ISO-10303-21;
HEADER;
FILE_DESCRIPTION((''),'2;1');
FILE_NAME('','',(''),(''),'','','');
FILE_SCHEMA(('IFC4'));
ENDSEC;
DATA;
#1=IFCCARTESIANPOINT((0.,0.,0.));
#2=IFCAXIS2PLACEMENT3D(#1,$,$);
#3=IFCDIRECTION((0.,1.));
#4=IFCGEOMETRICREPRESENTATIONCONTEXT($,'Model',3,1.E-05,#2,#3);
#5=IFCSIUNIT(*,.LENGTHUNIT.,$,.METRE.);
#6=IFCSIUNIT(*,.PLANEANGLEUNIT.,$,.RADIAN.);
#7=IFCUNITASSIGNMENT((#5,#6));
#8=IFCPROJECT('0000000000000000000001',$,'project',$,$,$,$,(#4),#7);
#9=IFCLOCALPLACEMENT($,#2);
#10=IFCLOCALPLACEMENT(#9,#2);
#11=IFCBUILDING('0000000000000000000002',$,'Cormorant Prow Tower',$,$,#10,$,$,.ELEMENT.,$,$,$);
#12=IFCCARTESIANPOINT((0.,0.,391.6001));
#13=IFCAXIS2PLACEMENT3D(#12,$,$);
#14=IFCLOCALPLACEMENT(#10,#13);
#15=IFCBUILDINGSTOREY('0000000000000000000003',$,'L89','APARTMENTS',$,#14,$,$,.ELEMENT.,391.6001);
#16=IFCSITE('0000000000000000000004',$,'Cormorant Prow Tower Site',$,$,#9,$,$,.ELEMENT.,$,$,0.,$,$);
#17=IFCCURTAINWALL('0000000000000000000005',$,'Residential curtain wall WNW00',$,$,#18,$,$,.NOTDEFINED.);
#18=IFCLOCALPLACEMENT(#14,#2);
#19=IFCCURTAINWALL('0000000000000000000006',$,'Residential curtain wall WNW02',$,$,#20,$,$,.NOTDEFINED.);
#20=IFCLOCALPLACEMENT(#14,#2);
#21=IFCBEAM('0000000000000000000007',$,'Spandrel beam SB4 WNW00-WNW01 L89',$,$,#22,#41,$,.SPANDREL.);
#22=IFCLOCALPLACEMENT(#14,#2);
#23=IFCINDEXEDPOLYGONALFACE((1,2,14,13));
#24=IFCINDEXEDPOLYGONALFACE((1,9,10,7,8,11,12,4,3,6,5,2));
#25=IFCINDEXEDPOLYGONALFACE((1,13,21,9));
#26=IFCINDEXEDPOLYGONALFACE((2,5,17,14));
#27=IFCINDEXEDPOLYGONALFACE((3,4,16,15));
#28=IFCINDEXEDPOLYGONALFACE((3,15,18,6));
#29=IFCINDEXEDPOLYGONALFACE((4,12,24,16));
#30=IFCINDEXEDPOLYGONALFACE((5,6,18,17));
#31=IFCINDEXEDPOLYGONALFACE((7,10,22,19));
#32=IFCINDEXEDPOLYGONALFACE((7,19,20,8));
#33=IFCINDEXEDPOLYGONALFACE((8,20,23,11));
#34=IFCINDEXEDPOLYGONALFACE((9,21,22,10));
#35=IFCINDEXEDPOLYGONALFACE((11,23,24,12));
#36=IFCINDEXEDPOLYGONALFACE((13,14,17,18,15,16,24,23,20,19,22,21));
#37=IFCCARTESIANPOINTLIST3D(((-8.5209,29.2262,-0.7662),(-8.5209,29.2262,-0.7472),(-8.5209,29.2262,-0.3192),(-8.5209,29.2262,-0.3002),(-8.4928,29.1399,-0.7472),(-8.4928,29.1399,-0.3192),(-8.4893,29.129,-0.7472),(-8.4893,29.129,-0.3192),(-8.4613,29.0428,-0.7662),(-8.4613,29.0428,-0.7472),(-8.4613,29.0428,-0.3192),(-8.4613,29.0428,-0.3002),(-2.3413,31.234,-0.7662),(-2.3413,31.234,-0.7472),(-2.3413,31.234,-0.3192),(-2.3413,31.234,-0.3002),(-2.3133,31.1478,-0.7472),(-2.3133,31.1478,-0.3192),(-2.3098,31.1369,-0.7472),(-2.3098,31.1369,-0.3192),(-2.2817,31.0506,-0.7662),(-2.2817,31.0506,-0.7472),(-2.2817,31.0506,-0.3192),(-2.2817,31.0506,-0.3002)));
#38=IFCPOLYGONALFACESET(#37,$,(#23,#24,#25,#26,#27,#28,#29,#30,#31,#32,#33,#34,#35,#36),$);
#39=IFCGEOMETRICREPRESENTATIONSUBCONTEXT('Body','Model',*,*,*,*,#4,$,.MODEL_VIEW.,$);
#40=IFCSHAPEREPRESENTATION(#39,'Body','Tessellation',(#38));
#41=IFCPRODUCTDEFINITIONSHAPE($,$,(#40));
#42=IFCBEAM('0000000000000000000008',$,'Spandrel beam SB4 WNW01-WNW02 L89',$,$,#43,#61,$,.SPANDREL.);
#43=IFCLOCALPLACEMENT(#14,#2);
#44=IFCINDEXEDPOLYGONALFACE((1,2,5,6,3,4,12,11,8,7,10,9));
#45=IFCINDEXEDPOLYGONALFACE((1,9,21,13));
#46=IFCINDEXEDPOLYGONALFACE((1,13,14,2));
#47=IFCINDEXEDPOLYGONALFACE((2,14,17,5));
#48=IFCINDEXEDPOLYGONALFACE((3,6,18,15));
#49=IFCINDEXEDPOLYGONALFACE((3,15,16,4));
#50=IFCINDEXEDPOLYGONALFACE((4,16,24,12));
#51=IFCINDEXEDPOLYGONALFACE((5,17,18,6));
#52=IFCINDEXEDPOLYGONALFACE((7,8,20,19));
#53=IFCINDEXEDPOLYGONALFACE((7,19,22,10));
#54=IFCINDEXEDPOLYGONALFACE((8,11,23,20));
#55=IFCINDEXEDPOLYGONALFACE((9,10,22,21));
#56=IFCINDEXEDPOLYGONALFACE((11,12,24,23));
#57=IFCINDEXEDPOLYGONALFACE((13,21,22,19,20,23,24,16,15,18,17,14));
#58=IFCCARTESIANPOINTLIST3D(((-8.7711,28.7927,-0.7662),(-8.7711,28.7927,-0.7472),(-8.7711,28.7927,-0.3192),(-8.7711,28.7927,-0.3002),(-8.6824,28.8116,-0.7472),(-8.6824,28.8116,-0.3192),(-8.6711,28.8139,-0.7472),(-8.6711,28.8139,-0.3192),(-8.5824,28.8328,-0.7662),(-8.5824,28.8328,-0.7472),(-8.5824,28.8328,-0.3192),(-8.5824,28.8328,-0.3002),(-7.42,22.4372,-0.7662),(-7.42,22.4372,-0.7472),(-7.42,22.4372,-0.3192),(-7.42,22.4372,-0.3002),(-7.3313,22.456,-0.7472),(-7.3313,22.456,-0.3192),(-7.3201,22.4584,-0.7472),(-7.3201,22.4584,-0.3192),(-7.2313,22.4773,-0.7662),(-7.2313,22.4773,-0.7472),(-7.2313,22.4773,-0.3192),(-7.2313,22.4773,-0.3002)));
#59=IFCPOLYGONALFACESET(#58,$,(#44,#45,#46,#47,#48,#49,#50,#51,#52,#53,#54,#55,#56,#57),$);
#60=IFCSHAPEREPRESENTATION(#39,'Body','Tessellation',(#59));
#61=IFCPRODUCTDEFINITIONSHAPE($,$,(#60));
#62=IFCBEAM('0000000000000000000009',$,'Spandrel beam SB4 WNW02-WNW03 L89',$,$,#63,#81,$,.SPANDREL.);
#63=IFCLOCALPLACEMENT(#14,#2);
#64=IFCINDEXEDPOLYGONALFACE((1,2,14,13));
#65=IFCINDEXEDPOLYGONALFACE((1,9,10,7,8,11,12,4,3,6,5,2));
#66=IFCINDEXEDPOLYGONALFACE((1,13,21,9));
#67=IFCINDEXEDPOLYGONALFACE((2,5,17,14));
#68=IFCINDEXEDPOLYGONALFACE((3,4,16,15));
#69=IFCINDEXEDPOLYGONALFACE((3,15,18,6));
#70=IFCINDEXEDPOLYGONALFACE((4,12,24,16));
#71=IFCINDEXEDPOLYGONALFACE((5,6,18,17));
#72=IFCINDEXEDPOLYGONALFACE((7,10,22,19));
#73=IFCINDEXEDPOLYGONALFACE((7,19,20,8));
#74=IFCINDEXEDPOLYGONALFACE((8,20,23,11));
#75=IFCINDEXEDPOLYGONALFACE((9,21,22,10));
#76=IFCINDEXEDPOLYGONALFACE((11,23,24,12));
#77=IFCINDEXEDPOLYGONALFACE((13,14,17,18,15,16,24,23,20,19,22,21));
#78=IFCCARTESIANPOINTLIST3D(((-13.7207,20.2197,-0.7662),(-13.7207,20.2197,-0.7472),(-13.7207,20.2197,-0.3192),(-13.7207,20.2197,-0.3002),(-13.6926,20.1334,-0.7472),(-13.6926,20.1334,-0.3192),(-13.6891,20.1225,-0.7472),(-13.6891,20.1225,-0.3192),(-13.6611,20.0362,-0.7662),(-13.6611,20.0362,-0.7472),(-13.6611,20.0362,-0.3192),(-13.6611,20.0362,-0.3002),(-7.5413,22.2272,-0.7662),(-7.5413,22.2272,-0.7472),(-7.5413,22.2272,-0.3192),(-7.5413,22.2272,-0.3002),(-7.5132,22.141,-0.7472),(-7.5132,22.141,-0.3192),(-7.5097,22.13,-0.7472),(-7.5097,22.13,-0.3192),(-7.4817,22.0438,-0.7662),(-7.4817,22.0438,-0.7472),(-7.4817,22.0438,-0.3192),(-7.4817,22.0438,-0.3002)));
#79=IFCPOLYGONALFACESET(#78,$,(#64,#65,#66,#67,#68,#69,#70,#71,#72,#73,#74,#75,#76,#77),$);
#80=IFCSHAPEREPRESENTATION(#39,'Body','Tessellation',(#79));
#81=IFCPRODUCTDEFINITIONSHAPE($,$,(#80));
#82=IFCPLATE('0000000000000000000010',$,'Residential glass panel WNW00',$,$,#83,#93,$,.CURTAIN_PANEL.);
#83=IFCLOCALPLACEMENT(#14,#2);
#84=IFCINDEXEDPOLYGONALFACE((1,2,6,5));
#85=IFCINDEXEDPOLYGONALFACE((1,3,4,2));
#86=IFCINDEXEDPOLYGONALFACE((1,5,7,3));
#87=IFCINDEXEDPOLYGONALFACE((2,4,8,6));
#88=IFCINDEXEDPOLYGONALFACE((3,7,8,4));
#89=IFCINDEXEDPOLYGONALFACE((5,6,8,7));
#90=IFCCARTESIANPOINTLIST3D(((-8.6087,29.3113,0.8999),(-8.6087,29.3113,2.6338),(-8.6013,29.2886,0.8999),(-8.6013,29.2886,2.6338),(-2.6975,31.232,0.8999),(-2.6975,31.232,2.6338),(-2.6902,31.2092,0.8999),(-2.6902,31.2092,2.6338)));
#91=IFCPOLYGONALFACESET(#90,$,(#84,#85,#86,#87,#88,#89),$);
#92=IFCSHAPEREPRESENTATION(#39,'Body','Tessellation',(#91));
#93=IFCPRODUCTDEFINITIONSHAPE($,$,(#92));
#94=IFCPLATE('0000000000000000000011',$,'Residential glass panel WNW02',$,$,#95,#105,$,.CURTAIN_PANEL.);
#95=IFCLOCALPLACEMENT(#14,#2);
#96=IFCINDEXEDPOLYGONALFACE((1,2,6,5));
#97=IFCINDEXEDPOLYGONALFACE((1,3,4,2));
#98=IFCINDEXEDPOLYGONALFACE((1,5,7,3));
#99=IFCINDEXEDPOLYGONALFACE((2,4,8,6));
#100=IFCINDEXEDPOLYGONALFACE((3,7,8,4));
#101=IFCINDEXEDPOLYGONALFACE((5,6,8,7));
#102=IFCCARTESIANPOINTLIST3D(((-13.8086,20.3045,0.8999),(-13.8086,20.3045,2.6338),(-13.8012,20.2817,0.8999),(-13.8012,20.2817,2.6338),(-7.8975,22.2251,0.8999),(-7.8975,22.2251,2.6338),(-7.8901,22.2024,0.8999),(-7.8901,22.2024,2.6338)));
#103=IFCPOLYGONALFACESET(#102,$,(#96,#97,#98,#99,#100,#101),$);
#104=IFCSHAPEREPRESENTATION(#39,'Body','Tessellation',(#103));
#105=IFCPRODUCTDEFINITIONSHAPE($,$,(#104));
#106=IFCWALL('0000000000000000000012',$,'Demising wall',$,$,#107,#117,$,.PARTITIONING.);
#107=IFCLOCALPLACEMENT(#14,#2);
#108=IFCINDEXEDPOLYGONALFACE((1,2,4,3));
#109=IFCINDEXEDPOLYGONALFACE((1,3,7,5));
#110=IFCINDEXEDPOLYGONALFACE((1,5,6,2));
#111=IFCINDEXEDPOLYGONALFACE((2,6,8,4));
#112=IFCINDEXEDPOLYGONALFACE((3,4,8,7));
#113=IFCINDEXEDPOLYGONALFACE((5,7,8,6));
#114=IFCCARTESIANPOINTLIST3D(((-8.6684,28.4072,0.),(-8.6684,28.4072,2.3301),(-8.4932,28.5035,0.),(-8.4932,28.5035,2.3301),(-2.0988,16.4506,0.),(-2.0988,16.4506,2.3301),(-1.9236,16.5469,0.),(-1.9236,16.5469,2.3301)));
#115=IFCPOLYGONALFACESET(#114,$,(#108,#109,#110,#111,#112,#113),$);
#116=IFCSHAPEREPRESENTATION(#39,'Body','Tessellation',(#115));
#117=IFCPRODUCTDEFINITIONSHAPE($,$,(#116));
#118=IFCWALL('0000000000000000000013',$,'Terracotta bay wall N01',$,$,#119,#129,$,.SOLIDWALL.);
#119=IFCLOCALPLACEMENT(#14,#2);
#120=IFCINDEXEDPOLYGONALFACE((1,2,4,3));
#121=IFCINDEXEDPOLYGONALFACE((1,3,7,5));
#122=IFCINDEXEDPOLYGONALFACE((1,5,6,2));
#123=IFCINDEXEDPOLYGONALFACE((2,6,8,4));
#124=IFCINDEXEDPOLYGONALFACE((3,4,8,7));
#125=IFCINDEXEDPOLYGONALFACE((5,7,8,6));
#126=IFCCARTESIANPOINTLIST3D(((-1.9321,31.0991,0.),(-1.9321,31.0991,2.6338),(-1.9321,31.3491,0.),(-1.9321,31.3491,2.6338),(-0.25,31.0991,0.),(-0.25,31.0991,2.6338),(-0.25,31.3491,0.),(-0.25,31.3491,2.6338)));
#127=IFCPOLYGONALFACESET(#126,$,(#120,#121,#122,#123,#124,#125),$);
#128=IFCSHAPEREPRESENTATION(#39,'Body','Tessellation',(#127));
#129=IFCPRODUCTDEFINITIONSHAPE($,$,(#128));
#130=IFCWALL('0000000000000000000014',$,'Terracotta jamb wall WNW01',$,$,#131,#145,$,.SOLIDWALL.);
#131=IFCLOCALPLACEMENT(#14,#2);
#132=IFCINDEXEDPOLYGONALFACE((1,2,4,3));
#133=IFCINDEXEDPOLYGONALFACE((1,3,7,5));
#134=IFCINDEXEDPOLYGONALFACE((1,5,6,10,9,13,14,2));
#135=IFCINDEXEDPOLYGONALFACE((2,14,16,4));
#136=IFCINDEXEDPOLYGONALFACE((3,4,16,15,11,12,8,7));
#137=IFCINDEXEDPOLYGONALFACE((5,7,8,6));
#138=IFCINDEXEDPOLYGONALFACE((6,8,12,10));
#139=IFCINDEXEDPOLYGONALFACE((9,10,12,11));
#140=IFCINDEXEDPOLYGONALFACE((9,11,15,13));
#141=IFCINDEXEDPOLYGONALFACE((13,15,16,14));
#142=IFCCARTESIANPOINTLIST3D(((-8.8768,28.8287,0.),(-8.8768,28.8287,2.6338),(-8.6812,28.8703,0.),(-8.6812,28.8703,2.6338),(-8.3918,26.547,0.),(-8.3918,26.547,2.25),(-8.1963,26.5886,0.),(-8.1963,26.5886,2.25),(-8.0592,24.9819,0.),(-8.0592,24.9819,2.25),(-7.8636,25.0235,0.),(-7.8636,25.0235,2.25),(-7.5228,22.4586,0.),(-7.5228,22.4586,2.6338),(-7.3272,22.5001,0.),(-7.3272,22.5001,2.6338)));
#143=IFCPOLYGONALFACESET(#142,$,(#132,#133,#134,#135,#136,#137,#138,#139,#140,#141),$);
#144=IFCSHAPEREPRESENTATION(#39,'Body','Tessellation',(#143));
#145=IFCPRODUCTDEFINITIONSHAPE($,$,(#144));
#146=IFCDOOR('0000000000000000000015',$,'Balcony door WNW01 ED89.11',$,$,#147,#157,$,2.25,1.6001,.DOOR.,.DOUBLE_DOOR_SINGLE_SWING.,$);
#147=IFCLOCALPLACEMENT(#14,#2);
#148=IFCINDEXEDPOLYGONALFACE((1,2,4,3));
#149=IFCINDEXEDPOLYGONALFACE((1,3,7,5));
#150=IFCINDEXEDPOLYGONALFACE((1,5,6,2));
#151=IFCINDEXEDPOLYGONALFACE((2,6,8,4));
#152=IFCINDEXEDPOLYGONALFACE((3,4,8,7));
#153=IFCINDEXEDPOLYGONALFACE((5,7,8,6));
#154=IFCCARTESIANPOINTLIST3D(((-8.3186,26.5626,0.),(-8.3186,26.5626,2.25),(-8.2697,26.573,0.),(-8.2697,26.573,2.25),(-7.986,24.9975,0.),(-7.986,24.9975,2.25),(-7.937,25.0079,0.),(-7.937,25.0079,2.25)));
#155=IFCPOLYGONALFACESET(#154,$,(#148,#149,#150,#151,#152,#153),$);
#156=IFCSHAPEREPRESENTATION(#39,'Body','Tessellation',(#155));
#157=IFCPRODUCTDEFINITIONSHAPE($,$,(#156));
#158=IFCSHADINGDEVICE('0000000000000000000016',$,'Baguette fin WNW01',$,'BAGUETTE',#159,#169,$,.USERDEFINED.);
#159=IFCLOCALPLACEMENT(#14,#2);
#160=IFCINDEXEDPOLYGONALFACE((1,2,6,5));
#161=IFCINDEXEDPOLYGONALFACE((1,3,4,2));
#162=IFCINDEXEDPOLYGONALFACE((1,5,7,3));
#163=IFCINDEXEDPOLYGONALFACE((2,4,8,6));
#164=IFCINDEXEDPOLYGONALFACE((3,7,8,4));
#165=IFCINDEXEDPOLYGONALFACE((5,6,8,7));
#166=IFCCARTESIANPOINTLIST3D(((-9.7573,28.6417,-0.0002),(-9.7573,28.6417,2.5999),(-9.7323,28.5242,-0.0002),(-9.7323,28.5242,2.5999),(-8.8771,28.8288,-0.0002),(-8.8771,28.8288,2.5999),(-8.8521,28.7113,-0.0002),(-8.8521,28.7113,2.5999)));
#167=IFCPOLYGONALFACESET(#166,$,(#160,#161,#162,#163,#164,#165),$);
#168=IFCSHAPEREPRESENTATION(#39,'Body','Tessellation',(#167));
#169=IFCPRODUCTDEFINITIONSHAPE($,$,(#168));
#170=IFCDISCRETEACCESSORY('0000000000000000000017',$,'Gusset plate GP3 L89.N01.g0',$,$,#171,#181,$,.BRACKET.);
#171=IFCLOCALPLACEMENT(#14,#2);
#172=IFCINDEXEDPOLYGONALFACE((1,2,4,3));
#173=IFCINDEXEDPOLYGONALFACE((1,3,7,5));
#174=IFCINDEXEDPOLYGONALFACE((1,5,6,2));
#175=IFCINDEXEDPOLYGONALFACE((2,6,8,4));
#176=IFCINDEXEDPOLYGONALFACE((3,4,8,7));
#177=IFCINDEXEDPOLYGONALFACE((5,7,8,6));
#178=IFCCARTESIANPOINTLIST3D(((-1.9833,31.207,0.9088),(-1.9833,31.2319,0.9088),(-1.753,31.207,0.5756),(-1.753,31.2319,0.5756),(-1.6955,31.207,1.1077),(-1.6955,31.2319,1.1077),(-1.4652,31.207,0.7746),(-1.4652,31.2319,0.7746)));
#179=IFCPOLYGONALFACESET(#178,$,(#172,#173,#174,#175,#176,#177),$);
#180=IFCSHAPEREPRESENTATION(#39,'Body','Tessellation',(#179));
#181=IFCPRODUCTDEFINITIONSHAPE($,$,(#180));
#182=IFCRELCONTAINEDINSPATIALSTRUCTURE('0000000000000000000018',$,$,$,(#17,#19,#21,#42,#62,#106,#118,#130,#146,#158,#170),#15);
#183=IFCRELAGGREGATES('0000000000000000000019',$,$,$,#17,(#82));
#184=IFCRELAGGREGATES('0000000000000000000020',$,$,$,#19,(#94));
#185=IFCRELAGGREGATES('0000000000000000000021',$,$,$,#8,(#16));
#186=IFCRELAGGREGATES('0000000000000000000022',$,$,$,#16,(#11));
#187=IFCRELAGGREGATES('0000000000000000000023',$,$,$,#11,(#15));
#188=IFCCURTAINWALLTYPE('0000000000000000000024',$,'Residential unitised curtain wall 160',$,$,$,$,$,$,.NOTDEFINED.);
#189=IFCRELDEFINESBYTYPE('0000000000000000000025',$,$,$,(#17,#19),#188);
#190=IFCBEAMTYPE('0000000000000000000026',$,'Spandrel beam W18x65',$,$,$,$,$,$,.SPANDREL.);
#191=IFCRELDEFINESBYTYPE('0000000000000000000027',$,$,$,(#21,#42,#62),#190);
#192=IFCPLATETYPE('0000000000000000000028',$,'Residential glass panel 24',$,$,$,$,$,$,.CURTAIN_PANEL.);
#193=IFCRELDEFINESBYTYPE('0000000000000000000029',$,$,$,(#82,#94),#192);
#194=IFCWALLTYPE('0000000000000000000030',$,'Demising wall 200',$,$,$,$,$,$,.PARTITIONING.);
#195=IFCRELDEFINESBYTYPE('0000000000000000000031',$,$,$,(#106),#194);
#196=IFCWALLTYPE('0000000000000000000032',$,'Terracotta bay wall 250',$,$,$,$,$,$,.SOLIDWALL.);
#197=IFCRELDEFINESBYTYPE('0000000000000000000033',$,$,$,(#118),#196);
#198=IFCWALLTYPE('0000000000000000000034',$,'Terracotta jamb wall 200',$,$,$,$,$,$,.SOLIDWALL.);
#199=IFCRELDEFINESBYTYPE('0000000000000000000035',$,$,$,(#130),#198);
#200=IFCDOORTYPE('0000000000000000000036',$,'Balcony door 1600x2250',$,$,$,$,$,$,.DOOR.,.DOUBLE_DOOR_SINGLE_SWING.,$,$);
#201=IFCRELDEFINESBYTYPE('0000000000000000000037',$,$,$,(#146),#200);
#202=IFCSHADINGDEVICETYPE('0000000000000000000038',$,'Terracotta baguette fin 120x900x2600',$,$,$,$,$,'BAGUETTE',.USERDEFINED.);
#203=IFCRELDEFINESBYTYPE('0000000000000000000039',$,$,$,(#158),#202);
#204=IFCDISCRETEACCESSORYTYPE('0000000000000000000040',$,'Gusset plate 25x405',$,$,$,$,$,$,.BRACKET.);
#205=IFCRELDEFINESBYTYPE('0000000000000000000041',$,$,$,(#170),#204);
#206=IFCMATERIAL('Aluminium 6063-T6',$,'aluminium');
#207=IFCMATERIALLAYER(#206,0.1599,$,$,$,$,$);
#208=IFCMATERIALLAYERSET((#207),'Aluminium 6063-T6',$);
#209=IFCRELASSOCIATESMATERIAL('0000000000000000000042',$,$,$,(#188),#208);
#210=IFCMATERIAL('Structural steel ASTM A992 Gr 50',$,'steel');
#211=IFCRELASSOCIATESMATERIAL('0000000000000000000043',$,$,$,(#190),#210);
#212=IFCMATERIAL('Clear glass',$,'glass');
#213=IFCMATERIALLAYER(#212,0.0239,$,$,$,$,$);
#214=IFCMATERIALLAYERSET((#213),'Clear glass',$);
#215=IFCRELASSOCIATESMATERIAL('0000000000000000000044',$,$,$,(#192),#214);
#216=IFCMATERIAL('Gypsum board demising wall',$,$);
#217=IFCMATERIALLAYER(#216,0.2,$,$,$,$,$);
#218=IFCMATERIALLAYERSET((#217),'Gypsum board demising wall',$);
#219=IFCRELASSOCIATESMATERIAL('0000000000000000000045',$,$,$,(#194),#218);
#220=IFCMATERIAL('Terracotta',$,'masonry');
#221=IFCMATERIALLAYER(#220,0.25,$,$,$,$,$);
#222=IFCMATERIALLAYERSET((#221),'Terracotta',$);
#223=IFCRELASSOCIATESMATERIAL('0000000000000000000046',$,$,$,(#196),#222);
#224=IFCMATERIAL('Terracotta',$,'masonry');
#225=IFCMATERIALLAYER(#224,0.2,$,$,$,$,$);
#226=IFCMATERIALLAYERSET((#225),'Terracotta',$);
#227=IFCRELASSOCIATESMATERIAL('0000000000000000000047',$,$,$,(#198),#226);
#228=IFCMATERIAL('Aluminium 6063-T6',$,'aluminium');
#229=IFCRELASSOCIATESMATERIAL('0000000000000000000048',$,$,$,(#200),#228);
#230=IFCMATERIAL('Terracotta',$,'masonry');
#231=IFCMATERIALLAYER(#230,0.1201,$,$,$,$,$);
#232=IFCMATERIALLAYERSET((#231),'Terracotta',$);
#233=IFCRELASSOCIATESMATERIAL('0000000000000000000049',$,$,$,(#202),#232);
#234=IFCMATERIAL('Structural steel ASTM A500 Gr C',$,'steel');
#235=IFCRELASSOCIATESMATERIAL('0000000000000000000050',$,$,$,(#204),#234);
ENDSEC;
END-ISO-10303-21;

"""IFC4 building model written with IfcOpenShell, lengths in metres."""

from ifc_helpers import new_model, si_unit, direction, frame, frame_2d, origin, origin_2d, place, context, subcontext, project, spatial, rectangle, i_section, extrude, material, layer, layer_set, material_profile, profile_set, type_object, element, fill, aggregate, save


model = new_model("IFC4")

# Units and contexts
model_context = context("Model", 3, precision=1e-05, world=origin(), true_north=direction((0.0, 1.0)))
body_context = subcontext(model_context, "Body", "Model", "MODEL_VIEW")
ifc_project = project(units=[si_unit("LENGTHUNIT", "METRE"), si_unit("PLANEANGLEUNIT", "RADIAN")], contexts=[model_context])

# Site, building, storey
site_placement = place(None, origin())
site = spatial("IfcSite", under=ifc_project, at=site_placement, Name="Cormorant Prow Tower Site", CompositionType="ELEMENT", RefElevation=0.0)
building_placement = place(site_placement, origin())
building = spatial("IfcBuilding", under=site, at=building_placement, Name="Cormorant Prow Tower", CompositionType="ELEMENT")
storey_placement = place(building_placement, frame((0.0, 0.0, 391.6001)))
storey = spatial("IfcBuildingStorey", under=building, at=storey_placement, Name="L89", Description="APARTMENTS", CompositionType="ELEMENT", Elevation=391.6001)

# Curtain walls
ifc_material_1 = material(Name="Aluminium 6063-T6", Category="aluminium")
ifc_layer_1 = layer(ifc_material_1, 0.1599)
ifc_layer_set_1 = layer_set([ifc_layer_1], Name="Aluminium 6063-T6")
curtain_wall_type = type_object("IfcCurtainWallType", Name="Residential unitised curtain wall 160", PredefinedType="NOTDEFINED", material=ifc_layer_set_1)
curtain_wall_1_placement = place(storey_placement, origin())
curtain_wall_1 = element("IfcCurtainWall", 1, at=curtain_wall_1_placement, inside=storey, type_object=curtain_wall_type, Name="Residential curtain wall WNW00", PredefinedType="NOTDEFINED")
curtain_wall_2_placement = place(storey_placement, origin())
curtain_wall_2 = element("IfcCurtainWall", 2, at=curtain_wall_2_placement, inside=storey, type_object=curtain_wall_type, Name="Residential curtain wall WNW02", PredefinedType="NOTDEFINED")

# Beams
ifc_material_2 = material(Name="Structural steel ASTM A992 Gr 50", Category="steel")
ifc_material_profile_1 = material_profile(ifc_material_2, i_section(OverallWidth=0.1929, OverallDepth=0.4661, WebThickness=0.0115, FlangeThickness=0.019, at=origin_2d()), Name="W18x65")
ifc_profile_set_1 = profile_set([ifc_material_profile_1], Name="Structural steel ASTM A992 Gr 50")
beam_type = type_object("IfcBeamType", Name="Spandrel beam W18x65", PredefinedType="SPANDREL", material=ifc_profile_set_1)
for number, where, z_axis, x_axis, name in (
    (3, (-2.3115, 31.1423, -0.5332), (-0.951057, -0.309016, 0.0), (0.309016, -0.951057, 0.0), "Spandrel beam SB4 WNW00-WNW01 L89"),
    (4, (-8.6768, 28.8127, -0.5332), (0.207938, -0.978142, 0.0), (0.978142, 0.207938, 0.0), "Spandrel beam SB4 WNW01-WNW02 L89"),
):
    element("IfcBeam", number, at=place(storey_placement, frame(where, z_axis=z_axis, x_axis=x_axis)), inside=storey, type_object=beam_type, Name=name, PredefinedType="SPANDREL", context=body_context, shape_type="SweptSolid", body=[
        extrude(i_section(OverallWidth=0.1929, OverallDepth=0.4661, WebThickness=0.0115, FlangeThickness=0.019, at=origin_2d()), origin(), (0.0, 0.0, 1.0), 6.4976),
    ])
beam_1_placement = place(storey_placement, frame((-7.5115, 22.1355, -0.5332), z_axis=(-0.951068, -0.308982, 0.0), x_axis=(0.308982, -0.951068, 0.0)))
element("IfcBeam", 5, at=beam_1_placement, inside=storey, type_object=beam_type, Name="Spandrel beam SB4 WNW02-WNW03 L89", PredefinedType="SPANDREL", context=body_context, shape_type="SweptSolid", body=[
    extrude(i_section(OverallWidth=0.1929, OverallDepth=0.4661, WebThickness=0.0115, FlangeThickness=0.019, at=origin_2d()), origin(), (0.0, 0.0, 1.0), 6.4973),
])

# Plates
ifc_material_3 = material(Name="Clear glass", Category="glass")
ifc_layer_2 = layer(ifc_material_3, 0.0239)
ifc_layer_set_2 = layer_set([ifc_layer_2], Name="Clear glass")
plate_type = type_object("IfcPlateType", Name="Residential glass panel 24", PredefinedType="CURTAIN_PANEL", material=ifc_layer_set_2)
plate_1_placement = place(storey_placement, frame((-5.6494, 30.2603, 0.8999), z_axis=(0.0, 0.0, 1.0), x_axis=(-0.951057, -0.309017, 0.0)))
plate_1 = element("IfcPlate", 6, at=plate_1_placement, type_object=plate_type, Name="Residential glass panel WNW00", PredefinedType="CURTAIN_PANEL", context=body_context, shape_type="SweptSolid", body=[
    extrude(rectangle(XDim=6.2153, YDim=0.0239, at=origin_2d()), origin(), (0.0, 0.0, 1.0), 1.7339),
])
aggregate(curtain_wall_1, [plate_1])
plate_2_placement = place(storey_placement, frame((-10.8494, 21.2534, 0.8999), z_axis=(0.0, 0.0, 1.0), x_axis=(-0.951057, -0.309017, 0.0)))
plate_2 = element("IfcPlate", 7, at=plate_2_placement, type_object=plate_type, Name="Residential glass panel WNW02", PredefinedType="CURTAIN_PANEL", context=body_context, shape_type="SweptSolid", body=[
    extrude(rectangle(XDim=6.2153, YDim=0.0239, at=origin_2d()), origin(), (0.0, 0.0, 1.0), 1.7339),
])
aggregate(curtain_wall_2, [plate_2])

# Walls
ifc_material_4 = material(Name="Gypsum board demising wall")
ifc_layer_3 = layer(ifc_material_4, 0.2)
ifc_layer_set_3 = layer_set([ifc_layer_3], Name="Gypsum board demising wall")
wall_type_1 = type_object("IfcWallType", Name="Demising wall 200", PredefinedType="PARTITIONING", material=ifc_layer_set_3)
wall_1_placement = place(storey_placement, frame((-8.5808, 28.4553, 0.0), z_axis=(0.0, 0.0, 1.0), x_axis=(0.481552, -0.876418, 0.0)))
element("IfcWall", 8, at=wall_1_placement, inside=storey, type_object=wall_type_1, Name="Demising wall", PredefinedType="PARTITIONING", context=body_context, shape_type="SweptSolid", body=[
    extrude(rectangle(XDim=13.6426, YDim=0.2, at=frame_2d((6.8213, 0.0))), origin(), (0.0, 0.0, 1.0), 2.3301),
])
ifc_material_5 = material(Name="Terracotta", Category="masonry")
ifc_layer_4 = layer(ifc_material_5, 0.25)
ifc_layer_set_4 = layer_set([ifc_layer_4], Name="Terracotta")
wall_type_2 = type_object("IfcWallType", Name="Terracotta bay wall 250", PredefinedType="SOLIDWALL", material=ifc_layer_set_4)
wall_2_placement = place(storey_placement, frame((-0.25, 31.2241, 0.0), z_axis=(0.0, 0.0, 1.0), x_axis=(-1.0, 0.0, 0.0)))
element("IfcWall", 9, at=wall_2_placement, inside=storey, type_object=wall_type_2, Name="Terracotta bay wall N01", PredefinedType="SOLIDWALL", context=body_context, shape_type="SweptSolid", body=[
    extrude(rectangle(XDim=1.6821, YDim=0.25, at=frame_2d((0.8411, 0.0))), origin(), (0.0, 0.0, 1.0), 2.6338),
])

# Wall, opening, door
ifc_material_6 = material(Name="Terracotta", Category="masonry")
ifc_layer_5 = layer(ifc_material_6, 0.2)
ifc_layer_set_5 = layer_set([ifc_layer_5], Name="Terracotta")
wall_type_3 = type_object("IfcWallType", Name="Terracotta jamb wall 200", PredefinedType="SOLIDWALL", material=ifc_layer_set_5)
wall_3_placement = place(storey_placement, frame((-8.7791, 28.8496, 0.0), z_axis=(0.0, 0.0, 1.0), x_axis=(0.207911, -0.978148, 0.0)))
wall_3 = element("IfcWall", 10, at=wall_3_placement, inside=storey, type_object=wall_type_3, Name="Terracotta jamb wall WNW01", PredefinedType="SOLIDWALL", context=body_context, shape_type="SweptSolid", body=[
    extrude(rectangle(XDim=6.5125, YDim=0.2, at=frame_2d((3.2563, 0.0))), origin(), (0.0, 0.0, 1.0), 2.6338),
])
opening_placement = place(wall_3_placement, frame((2.3328, 0.0, 0.0)))
opening = element("IfcOpeningElement", 11, at=opening_placement, cuts=wall_3, PredefinedType="OPENING", context=body_context, shape_type="SweptSolid", body=[
    extrude(rectangle(XDim=1.6001, YDim=2.25, at=frame_2d((0.8, 1.125))), frame((0.0, 0.1099, 0.0), z_axis=(0.0, -1.0, 0.0), x_axis=(1.0, 0.0, 0.0)), (0.0, 0.0, 1.0), 0.22),
])
ifc_material_7 = material(Name="Aluminium 6063-T6", Category="aluminium")
door_type = type_object("IfcDoorType", Name="Balcony door 1600x2250", OperationType="DOUBLE_DOOR_SINGLE_SWING", PredefinedType="DOOR", material=ifc_material_7)
door_placement = place(opening_placement, origin())
door = element("IfcDoor", 12, at=door_placement, inside=storey, type_object=door_type, Name="Balcony door WNW01 ED89.11", OperationType="DOUBLE_DOOR_SINGLE_SWING", OverallHeight=2.25, OverallWidth=1.6001, PredefinedType="DOOR", context=body_context, shape_type="SweptSolid", body=[
    extrude(rectangle(XDim=1.6001, YDim=2.25, at=frame_2d((0.8, 1.125))), frame((0.0, 0.0249, 0.0), z_axis=(0.0, -1.0, 0.0), x_axis=(1.0, 0.0, 0.0)), (0.0, 0.0, 1.0), 0.05),
])
fill(opening, door)

# Shading device
ifc_material_8 = material(Name="Terracotta", Category="masonry")
ifc_layer_6 = layer(ifc_material_8, 0.1201)
ifc_layer_set_6 = layer_set([ifc_layer_6], Name="Terracotta")
shading_device_type = type_object("IfcShadingDeviceType", Name="Terracotta baguette fin 120x900x2600", ElementType="BAGUETTE", PredefinedType="USERDEFINED", material=ifc_layer_set_6)
shading_device_placement = place(storey_placement, frame((-9.3047, 28.6765, -0.0002), z_axis=(0.0, 0.0, 1.0), x_axis=(0.207912, -0.978148, 0.0)))
element("IfcShadingDevice", 13, at=shading_device_placement, inside=storey, type_object=shading_device_type, Name="Baguette fin WNW01", ObjectType="BAGUETTE", PredefinedType="USERDEFINED", context=body_context, shape_type="SweptSolid", body=[
    extrude(rectangle(XDim=0.1201, YDim=0.8999, at=origin_2d()), origin(), (0.0, 0.0, 1.0), 2.6001),
])

# Discrete accessory
ifc_material_9 = material(Name="Structural steel ASTM A500 Gr C", Category="steel")
ifc_material_profile_2 = material_profile(ifc_material_9, rectangle(XDim=0.0249, YDim=0.405, at=origin_2d()), Name="Gusset plate 25x405")
ifc_profile_set_2 = profile_set([ifc_material_profile_2], Name="Structural steel ASTM A500 Gr C")
discrete_accessory_type = type_object("IfcDiscreteAccessoryType", Name="Gusset plate 25x405", PredefinedType="BRACKET", material=ifc_profile_set_2)
for number, where, z_axis, x_axis, name in (
    (14, (-1.5803, 31.2195, 0.9412), (-0.822594, 0.0, -0.568629), (0.0, -1.0, 0.0), "Gusset plate GP3 L89.N01.g0"),
):
    element("IfcDiscreteAccessory", number, at=place(storey_placement, frame(where, z_axis=z_axis, x_axis=x_axis)), inside=storey, type_object=discrete_accessory_type, Name=name, PredefinedType="BRACKET", context=body_context, shape_type="SweptSolid", body=[
        extrude(rectangle(XDim=0.0249, YDim=0.405, at=origin_2d()), origin(), (0.0, 0.0, 1.0), 0.3499),
    ])

save(model, "model.ifc")
